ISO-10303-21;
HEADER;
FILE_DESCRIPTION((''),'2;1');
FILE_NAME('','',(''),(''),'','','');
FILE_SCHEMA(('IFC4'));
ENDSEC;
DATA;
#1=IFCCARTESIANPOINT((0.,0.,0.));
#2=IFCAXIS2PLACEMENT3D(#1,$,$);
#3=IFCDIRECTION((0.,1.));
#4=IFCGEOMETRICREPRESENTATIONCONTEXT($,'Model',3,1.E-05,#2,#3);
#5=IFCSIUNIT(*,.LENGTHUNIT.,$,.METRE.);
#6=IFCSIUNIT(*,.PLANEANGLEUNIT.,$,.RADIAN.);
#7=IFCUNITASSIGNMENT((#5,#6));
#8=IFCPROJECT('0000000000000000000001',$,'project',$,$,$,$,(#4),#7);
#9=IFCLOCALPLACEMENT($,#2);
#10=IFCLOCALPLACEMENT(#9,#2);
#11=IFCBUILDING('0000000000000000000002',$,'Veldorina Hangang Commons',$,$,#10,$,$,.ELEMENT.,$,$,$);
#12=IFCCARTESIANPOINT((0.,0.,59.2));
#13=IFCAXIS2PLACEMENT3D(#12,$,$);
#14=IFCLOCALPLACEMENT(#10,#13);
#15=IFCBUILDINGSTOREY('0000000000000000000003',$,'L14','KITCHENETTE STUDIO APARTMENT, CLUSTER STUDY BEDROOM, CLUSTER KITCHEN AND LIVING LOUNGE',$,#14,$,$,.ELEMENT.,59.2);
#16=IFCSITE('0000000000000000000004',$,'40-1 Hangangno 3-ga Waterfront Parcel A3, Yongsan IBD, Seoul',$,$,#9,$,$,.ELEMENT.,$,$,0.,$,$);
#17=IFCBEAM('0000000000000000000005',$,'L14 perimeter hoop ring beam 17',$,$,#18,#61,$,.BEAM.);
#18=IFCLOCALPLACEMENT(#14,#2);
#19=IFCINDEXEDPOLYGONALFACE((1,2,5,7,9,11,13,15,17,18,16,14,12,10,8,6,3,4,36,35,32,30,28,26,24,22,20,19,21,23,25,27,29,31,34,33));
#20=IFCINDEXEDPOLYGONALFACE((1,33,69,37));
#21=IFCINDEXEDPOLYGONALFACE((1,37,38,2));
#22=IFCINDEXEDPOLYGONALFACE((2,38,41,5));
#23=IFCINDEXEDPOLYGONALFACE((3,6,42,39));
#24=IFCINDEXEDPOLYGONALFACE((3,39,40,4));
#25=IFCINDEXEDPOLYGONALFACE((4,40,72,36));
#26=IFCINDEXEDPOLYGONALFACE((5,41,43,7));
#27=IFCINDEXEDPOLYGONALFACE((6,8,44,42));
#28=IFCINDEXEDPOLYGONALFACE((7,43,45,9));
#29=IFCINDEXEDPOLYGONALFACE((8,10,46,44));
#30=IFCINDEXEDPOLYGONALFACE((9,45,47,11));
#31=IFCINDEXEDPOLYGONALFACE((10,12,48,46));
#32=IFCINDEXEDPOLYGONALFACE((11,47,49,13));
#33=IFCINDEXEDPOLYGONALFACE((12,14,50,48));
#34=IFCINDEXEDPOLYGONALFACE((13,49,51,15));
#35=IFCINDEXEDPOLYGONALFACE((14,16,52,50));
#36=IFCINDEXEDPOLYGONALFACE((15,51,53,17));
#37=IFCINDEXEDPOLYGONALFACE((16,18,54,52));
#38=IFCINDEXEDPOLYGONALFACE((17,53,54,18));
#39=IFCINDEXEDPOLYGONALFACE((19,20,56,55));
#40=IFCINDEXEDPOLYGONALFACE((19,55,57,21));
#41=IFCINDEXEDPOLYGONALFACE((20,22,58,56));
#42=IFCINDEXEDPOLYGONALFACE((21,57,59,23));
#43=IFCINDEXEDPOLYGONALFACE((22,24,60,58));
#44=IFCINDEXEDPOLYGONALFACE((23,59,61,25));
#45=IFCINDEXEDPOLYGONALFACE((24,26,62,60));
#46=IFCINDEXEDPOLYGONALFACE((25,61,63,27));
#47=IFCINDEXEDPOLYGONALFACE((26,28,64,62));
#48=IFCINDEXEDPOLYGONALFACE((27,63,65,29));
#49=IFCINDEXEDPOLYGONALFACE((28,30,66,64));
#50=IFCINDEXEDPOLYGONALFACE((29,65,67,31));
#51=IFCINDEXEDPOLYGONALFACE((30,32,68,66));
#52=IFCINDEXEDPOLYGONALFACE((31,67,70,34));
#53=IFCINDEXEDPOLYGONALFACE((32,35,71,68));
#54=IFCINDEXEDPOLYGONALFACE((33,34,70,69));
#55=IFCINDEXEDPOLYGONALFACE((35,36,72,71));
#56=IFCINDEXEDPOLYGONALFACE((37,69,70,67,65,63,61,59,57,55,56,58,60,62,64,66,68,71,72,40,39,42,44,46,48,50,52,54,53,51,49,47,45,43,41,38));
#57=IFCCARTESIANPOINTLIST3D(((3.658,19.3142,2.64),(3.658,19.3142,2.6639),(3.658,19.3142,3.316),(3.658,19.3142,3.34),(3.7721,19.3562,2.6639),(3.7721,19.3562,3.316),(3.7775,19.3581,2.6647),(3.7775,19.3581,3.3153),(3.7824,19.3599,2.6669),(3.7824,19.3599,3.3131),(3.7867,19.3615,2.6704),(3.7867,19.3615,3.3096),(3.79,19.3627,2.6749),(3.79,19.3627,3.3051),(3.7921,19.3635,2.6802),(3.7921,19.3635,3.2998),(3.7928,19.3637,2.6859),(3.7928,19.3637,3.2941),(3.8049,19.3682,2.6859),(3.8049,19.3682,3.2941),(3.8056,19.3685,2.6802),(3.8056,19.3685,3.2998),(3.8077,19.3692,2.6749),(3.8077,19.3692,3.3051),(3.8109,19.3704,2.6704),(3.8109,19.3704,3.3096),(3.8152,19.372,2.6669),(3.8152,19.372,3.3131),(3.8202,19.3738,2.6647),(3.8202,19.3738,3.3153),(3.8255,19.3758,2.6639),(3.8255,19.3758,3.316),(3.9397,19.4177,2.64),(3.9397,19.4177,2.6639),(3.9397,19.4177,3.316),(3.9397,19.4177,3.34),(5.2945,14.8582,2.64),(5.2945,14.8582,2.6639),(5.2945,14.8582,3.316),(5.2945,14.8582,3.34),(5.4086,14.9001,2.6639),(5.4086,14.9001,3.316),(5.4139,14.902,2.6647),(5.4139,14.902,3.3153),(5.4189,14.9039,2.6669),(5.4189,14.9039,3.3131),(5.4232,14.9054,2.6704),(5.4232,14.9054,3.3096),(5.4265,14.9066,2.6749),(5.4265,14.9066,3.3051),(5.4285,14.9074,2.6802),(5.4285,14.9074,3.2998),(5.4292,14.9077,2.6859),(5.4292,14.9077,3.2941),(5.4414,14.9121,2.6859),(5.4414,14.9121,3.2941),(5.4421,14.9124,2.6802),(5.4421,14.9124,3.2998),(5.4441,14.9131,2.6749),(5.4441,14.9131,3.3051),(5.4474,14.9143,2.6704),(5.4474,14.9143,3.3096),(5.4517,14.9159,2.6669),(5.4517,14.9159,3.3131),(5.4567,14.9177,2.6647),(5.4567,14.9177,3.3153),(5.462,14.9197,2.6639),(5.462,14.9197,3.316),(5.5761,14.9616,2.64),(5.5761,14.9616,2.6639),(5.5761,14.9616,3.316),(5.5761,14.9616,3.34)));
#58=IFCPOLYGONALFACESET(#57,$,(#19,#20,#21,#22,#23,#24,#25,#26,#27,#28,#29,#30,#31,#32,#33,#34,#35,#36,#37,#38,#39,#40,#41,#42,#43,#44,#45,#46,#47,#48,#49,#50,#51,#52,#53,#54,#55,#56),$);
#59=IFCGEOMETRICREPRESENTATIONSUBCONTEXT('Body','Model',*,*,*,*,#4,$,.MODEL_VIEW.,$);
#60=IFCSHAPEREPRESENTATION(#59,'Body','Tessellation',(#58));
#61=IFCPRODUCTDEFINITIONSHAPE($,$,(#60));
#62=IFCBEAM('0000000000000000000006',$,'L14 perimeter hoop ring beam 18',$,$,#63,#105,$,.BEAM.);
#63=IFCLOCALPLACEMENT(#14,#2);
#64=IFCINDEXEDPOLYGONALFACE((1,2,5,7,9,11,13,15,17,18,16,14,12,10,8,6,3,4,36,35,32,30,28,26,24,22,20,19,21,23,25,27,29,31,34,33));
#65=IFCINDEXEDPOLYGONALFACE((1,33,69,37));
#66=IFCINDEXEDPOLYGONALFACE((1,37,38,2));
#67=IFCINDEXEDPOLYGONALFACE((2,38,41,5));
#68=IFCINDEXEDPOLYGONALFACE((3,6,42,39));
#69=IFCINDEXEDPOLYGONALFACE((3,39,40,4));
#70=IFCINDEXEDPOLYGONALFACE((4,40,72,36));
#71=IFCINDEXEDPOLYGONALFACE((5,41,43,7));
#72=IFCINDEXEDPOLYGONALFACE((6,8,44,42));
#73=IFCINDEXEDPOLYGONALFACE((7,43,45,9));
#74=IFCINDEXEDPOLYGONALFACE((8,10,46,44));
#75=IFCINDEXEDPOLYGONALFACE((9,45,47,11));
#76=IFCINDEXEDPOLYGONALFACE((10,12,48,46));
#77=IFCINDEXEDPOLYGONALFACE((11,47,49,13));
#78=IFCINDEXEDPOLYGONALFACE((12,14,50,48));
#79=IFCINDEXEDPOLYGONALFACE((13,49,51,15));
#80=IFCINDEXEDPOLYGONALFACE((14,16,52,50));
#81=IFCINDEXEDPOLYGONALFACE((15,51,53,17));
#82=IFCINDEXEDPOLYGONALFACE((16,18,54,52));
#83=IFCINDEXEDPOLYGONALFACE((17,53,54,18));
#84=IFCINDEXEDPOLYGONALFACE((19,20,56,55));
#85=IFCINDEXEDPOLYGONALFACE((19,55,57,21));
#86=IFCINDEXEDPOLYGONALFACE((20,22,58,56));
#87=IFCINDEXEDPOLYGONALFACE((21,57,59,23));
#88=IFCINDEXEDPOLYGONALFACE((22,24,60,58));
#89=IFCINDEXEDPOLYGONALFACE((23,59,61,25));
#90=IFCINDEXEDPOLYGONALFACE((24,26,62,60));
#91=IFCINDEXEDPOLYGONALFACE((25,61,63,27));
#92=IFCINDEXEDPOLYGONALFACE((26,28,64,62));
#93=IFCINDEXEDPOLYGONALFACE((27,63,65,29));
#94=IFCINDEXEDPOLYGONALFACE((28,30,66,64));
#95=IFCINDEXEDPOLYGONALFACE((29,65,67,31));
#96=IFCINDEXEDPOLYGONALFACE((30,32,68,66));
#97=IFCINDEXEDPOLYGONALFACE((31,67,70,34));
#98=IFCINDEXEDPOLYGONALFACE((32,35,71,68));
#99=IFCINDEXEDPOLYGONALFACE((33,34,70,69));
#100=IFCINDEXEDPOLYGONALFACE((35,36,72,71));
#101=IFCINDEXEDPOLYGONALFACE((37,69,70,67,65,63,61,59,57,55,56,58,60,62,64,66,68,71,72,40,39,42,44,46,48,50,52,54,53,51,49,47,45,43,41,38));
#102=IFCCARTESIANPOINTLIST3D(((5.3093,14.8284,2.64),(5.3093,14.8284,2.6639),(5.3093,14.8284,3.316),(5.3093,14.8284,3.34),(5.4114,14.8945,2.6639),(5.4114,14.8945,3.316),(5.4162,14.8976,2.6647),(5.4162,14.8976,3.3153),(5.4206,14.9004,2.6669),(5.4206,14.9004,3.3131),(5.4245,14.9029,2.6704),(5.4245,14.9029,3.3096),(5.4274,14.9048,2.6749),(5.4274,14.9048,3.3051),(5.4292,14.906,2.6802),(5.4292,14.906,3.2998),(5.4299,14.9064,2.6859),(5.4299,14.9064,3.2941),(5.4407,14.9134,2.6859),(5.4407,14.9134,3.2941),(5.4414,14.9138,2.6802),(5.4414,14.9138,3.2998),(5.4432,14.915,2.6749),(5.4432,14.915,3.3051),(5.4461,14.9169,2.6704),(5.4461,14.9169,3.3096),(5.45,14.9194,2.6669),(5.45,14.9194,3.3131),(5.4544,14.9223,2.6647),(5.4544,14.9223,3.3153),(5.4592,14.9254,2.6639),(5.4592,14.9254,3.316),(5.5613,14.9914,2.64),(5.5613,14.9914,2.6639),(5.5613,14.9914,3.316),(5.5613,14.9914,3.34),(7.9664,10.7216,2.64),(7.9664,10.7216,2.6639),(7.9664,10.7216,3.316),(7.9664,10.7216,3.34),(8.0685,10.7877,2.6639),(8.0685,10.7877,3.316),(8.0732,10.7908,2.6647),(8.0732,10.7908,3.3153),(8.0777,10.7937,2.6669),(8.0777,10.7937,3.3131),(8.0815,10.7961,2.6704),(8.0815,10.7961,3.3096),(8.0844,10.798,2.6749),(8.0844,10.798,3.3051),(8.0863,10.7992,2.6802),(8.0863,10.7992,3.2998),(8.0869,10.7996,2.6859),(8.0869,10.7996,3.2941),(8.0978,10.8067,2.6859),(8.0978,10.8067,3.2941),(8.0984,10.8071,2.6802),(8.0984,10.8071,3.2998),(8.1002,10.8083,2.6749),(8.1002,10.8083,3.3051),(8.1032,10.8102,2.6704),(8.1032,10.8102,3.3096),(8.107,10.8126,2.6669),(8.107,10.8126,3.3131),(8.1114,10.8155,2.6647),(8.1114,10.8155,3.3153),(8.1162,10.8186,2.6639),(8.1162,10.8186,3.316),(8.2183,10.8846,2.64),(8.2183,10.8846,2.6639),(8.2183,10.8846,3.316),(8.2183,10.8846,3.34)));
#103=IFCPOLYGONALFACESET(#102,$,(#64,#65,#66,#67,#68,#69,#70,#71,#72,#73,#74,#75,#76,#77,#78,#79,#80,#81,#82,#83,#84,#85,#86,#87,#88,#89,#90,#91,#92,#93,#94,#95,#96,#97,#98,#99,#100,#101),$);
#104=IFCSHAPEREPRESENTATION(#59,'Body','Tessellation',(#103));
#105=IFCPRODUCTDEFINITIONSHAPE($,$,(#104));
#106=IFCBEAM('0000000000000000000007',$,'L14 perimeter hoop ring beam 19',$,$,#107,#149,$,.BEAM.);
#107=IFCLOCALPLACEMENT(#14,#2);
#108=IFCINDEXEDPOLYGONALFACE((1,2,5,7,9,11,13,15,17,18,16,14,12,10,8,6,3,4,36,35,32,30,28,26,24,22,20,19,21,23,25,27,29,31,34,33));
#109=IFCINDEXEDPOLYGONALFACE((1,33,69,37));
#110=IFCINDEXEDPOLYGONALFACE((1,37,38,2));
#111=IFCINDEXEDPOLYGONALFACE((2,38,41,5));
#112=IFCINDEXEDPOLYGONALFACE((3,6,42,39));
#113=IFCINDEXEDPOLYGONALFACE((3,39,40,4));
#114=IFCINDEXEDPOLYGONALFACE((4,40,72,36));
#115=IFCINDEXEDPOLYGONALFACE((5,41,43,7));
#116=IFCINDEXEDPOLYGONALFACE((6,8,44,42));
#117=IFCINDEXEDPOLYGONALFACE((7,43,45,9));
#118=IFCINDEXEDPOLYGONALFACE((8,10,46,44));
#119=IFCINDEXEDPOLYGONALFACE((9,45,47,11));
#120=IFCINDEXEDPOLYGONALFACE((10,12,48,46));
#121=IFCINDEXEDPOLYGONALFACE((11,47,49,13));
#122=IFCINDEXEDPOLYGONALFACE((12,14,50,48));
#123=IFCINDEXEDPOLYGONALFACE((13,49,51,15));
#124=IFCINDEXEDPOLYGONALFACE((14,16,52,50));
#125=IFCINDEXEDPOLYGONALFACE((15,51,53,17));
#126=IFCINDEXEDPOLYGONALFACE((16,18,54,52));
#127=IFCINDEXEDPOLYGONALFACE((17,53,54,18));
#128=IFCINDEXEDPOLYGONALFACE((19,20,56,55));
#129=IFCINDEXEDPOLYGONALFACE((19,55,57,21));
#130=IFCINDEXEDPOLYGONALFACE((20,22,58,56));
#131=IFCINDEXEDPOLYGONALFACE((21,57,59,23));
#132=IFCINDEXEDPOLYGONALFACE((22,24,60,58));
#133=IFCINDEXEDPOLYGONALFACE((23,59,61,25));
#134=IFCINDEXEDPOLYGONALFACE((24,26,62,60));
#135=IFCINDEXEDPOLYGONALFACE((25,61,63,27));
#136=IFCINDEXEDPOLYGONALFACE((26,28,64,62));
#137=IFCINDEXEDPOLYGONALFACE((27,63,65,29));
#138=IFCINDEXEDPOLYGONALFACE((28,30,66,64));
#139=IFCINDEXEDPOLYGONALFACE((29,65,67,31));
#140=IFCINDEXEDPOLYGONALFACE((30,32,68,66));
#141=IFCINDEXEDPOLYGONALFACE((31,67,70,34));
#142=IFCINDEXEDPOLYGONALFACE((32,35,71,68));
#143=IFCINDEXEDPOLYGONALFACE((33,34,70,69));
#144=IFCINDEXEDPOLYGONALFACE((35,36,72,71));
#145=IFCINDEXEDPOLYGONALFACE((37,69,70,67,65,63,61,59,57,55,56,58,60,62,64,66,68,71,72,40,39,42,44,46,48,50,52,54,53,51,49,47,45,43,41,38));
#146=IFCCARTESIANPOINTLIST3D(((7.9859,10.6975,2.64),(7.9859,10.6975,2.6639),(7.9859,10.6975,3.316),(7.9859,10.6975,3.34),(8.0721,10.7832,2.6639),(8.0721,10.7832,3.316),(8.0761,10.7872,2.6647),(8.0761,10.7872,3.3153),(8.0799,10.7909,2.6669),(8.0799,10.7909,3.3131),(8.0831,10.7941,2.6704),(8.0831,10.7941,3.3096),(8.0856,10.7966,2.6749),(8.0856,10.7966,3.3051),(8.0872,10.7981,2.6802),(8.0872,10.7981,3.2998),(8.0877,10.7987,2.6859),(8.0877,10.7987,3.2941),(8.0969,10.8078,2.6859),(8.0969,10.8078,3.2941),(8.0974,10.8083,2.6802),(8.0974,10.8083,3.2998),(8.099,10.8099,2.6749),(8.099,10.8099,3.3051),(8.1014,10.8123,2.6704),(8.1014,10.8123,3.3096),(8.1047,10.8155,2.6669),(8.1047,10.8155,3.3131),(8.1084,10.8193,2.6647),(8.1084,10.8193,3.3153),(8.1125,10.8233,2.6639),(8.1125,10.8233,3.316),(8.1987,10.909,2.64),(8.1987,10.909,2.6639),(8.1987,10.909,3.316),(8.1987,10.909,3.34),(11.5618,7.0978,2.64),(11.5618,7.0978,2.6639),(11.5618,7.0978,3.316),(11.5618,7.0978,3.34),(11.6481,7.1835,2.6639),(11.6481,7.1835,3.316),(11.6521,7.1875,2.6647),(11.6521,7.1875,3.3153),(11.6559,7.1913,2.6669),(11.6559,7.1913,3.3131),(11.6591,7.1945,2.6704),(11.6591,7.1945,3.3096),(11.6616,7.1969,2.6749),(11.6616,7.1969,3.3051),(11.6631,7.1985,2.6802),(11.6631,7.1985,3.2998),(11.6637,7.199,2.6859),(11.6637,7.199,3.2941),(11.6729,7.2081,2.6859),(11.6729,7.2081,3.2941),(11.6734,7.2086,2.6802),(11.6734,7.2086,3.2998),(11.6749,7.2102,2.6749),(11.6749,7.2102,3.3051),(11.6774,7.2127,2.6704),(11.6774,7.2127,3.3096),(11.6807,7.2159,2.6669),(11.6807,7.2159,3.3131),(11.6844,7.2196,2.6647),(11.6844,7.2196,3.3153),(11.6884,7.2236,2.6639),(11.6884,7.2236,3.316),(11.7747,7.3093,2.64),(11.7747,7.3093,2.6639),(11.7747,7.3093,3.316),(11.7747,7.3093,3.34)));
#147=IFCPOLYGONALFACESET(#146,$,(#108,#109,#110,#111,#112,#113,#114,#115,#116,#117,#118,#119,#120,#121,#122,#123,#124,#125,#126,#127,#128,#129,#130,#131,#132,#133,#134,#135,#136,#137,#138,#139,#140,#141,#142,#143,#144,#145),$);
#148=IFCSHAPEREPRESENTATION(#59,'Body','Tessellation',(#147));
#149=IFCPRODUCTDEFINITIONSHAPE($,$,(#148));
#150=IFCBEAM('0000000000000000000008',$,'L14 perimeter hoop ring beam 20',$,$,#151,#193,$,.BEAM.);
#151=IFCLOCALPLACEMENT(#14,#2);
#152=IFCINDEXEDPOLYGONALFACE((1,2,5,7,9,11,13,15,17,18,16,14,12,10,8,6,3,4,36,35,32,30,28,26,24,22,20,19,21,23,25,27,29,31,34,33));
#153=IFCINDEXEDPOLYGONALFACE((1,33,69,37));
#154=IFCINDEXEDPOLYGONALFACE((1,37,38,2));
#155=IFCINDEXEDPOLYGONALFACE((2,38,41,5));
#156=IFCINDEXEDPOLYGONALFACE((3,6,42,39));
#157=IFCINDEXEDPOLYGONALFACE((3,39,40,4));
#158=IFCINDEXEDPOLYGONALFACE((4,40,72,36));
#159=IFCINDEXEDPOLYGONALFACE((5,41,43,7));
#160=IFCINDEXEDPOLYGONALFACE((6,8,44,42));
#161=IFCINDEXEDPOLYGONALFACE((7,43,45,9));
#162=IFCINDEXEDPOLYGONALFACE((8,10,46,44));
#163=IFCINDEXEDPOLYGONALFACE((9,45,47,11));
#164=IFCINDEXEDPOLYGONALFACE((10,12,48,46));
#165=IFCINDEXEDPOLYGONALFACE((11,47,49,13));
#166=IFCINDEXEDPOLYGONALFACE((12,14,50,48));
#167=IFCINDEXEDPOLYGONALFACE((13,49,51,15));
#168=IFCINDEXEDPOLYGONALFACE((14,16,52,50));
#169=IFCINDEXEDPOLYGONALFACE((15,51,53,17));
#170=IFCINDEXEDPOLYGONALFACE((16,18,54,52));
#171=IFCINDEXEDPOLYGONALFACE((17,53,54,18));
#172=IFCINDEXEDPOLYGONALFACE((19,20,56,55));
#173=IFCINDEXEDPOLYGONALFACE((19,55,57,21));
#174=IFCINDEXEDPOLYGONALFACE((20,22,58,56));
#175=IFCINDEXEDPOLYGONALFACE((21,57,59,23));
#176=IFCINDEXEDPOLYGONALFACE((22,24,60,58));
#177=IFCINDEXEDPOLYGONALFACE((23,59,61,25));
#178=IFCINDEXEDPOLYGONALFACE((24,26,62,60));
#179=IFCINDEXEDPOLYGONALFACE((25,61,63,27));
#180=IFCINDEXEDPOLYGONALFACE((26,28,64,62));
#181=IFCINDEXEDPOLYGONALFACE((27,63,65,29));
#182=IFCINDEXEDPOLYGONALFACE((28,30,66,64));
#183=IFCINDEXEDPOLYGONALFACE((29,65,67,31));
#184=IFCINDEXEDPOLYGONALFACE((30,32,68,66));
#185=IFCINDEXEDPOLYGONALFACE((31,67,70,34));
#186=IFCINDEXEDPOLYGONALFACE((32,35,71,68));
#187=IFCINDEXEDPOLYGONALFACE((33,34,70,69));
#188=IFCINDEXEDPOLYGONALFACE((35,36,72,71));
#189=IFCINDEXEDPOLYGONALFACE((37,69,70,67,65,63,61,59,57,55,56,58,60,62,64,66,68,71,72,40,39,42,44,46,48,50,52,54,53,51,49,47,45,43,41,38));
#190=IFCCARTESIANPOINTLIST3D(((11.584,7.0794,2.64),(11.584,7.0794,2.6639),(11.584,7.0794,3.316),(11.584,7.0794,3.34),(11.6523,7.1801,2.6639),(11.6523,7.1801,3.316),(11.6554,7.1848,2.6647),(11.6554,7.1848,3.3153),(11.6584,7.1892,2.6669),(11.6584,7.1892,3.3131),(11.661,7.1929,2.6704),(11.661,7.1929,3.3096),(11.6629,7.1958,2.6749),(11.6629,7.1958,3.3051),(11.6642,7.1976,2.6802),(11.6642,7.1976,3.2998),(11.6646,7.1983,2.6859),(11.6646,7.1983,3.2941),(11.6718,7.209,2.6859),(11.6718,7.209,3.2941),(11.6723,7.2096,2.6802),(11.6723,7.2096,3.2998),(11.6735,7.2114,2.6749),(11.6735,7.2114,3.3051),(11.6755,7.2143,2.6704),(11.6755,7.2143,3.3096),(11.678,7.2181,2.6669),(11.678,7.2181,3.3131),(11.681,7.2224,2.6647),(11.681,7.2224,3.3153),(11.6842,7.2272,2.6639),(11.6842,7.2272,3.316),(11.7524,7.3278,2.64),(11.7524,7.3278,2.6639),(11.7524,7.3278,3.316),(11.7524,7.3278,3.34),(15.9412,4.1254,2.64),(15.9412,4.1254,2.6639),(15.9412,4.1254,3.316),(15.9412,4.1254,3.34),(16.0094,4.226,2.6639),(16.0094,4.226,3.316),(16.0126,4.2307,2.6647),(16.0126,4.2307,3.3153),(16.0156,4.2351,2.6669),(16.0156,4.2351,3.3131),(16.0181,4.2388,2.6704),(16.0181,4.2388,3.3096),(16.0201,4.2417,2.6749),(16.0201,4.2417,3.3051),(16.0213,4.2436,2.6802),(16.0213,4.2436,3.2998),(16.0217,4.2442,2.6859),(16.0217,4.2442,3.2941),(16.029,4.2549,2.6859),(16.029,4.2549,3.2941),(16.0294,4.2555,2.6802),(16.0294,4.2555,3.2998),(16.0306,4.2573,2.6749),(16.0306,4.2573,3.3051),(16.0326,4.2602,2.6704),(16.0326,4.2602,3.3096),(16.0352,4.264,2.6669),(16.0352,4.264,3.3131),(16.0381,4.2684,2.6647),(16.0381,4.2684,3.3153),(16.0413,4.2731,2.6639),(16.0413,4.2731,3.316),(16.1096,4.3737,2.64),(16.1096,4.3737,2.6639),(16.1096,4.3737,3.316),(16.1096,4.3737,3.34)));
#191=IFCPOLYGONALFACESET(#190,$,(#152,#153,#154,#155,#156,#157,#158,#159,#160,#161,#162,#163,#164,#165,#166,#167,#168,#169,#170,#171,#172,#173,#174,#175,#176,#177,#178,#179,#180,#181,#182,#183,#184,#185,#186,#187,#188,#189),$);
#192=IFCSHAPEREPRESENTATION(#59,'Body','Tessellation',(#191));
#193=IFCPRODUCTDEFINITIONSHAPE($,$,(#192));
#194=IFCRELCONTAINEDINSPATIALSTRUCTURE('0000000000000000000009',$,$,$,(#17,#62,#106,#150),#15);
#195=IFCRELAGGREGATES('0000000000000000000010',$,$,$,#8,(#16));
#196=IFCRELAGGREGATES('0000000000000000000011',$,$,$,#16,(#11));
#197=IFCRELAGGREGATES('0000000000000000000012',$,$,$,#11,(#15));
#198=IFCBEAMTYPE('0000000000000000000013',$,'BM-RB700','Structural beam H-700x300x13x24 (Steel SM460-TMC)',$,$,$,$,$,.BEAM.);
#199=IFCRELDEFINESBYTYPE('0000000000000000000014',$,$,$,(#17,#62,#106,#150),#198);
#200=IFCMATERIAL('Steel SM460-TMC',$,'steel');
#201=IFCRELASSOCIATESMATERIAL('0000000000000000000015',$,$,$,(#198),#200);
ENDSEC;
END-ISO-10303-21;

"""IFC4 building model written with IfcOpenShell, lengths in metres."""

from ifc_helpers import new_model, si_unit, direction, frame, origin, origin_2d, place, context, subcontext, project, spatial, i_section, extrude, material, material_profile, profile_set, type_object, element, save


model = new_model("IFC4")

# Units and contexts
model_context = context("Model", 3, precision=1e-05, world=origin(), true_north=direction((0.0, 1.0)))
body_context = subcontext(model_context, "Body", "Model", "MODEL_VIEW")
ifc_project = project(units=[si_unit("LENGTHUNIT", "METRE"), si_unit("PLANEANGLEUNIT", "RADIAN")], contexts=[model_context])

# Site, building, storey
site_placement = place(None, origin())
site = spatial("IfcSite", under=ifc_project, at=site_placement, Name="40-1 Hangangno 3-ga Waterfront Parcel A3, Yongsan IBD, Seoul", CompositionType="ELEMENT", RefElevation=0.0)
building_placement = place(site_placement, origin())
building = spatial("IfcBuilding", under=site, at=building_placement, Name="Veldorina Hangang Commons", CompositionType="ELEMENT")
storey_placement = place(building_placement, frame((0.0, 0.0, 59.2)))
storey = spatial("IfcBuildingStorey", under=building, at=storey_placement, Name="L14", Description="KITCHENETTE STUDIO APARTMENT, CLUSTER STUDY BEDROOM, CLUSTER KITCHEN AND LIVING LOUNGE", CompositionType="ELEMENT", Elevation=59.2)

# Beams
ifc_material_1 = material(Name="Steel SM460-TMC", Category="steel")
ifc_material_profile_1 = material_profile(ifc_material_1, i_section(OverallWidth=0.3, OverallDepth=0.7, WebThickness=0.0129, FlangeThickness=0.0239, FilletRadius=0.022, at=origin_2d()), Name="H-700x300x13x24")
ifc_profile_set_1 = profile_set([ifc_material_profile_1], Name="Steel SM460-TMC")
beam_type = type_object("IfcBeamType", Name="BM-RB700", Description="Structural beam H-700x300x13x24 (Steel SM460-TMC)", PredefinedType="BEAM", material=ifc_profile_set_1)
beam_1_placement = place(storey_placement, frame((3.7988, 19.366, 2.99), z_axis=(0.344735, -0.9387, 0.0), x_axis=(0.9387, 0.344735, 0.0)))
element("IfcBeam", 1, at=beam_1_placement, inside=storey, type_object=beam_type, Name="L14 perimeter hoop ring beam 17", PredefinedType="BEAM", context=body_context, shape_type="SweptSolid", body=[
    extrude(i_section(OverallWidth=0.3, OverallDepth=0.7, WebThickness=0.0129, FlangeThickness=0.0239, FilletRadius=0.022, at=origin_2d()), origin(), (0.0, 0.0, 1.0), 4.7471),
])
beam_2_placement = place(storey_placement, frame((5.4353, 14.9099, 2.99), z_axis=(0.54321, -0.839597, 0.0), x_axis=(0.839597, 0.54321, 0.0)))
element("IfcBeam", 2, at=beam_2_placement, inside=storey, type_object=beam_type, Name="L14 perimeter hoop ring beam 18", PredefinedType="BEAM", context=body_context, shape_type="SweptSolid", body=[
    extrude(i_section(OverallWidth=0.3, OverallDepth=0.7, WebThickness=0.0129, FlangeThickness=0.0239, FilletRadius=0.022, at=origin_2d()), origin(), (0.0, 0.0, 1.0), 4.8914),
])
beam_3_placement = place(storey_placement, frame((8.0923, 10.8032, 2.99), z_axis=(0.704769, -0.709437, 0.0), x_axis=(0.709437, 0.704769, 0.0)))
element("IfcBeam", 3, at=beam_3_placement, inside=storey, type_object=beam_type, Name="L14 perimeter hoop ring beam 19", PredefinedType="BEAM", context=body_context, shape_type="SweptSolid", body=[
    extrude(i_section(OverallWidth=0.3, OverallDepth=0.7, WebThickness=0.0129, FlangeThickness=0.0239, FilletRadius=0.022, at=origin_2d()), origin(), (0.0, 0.0, 1.0), 5.074),
])
beam_4_placement = place(storey_placement, frame((11.6682, 7.2036, 2.99), z_axis=(0.827701, -0.561169, 0.0), x_axis=(0.561169, 0.827701, 0.0)))
element("IfcBeam", 4, at=beam_4_placement, inside=storey, type_object=beam_type, Name="L14 perimeter hoop ring beam 20", PredefinedType="BEAM", context=body_context, shape_type="SweptSolid", body=[
    extrude(i_section(OverallWidth=0.3, OverallDepth=0.7, WebThickness=0.0129, FlangeThickness=0.0239, FilletRadius=0.022, at=origin_2d()), origin(), (0.0, 0.0, 1.0), 5.2642),
])

save(model, "model.ifc")
